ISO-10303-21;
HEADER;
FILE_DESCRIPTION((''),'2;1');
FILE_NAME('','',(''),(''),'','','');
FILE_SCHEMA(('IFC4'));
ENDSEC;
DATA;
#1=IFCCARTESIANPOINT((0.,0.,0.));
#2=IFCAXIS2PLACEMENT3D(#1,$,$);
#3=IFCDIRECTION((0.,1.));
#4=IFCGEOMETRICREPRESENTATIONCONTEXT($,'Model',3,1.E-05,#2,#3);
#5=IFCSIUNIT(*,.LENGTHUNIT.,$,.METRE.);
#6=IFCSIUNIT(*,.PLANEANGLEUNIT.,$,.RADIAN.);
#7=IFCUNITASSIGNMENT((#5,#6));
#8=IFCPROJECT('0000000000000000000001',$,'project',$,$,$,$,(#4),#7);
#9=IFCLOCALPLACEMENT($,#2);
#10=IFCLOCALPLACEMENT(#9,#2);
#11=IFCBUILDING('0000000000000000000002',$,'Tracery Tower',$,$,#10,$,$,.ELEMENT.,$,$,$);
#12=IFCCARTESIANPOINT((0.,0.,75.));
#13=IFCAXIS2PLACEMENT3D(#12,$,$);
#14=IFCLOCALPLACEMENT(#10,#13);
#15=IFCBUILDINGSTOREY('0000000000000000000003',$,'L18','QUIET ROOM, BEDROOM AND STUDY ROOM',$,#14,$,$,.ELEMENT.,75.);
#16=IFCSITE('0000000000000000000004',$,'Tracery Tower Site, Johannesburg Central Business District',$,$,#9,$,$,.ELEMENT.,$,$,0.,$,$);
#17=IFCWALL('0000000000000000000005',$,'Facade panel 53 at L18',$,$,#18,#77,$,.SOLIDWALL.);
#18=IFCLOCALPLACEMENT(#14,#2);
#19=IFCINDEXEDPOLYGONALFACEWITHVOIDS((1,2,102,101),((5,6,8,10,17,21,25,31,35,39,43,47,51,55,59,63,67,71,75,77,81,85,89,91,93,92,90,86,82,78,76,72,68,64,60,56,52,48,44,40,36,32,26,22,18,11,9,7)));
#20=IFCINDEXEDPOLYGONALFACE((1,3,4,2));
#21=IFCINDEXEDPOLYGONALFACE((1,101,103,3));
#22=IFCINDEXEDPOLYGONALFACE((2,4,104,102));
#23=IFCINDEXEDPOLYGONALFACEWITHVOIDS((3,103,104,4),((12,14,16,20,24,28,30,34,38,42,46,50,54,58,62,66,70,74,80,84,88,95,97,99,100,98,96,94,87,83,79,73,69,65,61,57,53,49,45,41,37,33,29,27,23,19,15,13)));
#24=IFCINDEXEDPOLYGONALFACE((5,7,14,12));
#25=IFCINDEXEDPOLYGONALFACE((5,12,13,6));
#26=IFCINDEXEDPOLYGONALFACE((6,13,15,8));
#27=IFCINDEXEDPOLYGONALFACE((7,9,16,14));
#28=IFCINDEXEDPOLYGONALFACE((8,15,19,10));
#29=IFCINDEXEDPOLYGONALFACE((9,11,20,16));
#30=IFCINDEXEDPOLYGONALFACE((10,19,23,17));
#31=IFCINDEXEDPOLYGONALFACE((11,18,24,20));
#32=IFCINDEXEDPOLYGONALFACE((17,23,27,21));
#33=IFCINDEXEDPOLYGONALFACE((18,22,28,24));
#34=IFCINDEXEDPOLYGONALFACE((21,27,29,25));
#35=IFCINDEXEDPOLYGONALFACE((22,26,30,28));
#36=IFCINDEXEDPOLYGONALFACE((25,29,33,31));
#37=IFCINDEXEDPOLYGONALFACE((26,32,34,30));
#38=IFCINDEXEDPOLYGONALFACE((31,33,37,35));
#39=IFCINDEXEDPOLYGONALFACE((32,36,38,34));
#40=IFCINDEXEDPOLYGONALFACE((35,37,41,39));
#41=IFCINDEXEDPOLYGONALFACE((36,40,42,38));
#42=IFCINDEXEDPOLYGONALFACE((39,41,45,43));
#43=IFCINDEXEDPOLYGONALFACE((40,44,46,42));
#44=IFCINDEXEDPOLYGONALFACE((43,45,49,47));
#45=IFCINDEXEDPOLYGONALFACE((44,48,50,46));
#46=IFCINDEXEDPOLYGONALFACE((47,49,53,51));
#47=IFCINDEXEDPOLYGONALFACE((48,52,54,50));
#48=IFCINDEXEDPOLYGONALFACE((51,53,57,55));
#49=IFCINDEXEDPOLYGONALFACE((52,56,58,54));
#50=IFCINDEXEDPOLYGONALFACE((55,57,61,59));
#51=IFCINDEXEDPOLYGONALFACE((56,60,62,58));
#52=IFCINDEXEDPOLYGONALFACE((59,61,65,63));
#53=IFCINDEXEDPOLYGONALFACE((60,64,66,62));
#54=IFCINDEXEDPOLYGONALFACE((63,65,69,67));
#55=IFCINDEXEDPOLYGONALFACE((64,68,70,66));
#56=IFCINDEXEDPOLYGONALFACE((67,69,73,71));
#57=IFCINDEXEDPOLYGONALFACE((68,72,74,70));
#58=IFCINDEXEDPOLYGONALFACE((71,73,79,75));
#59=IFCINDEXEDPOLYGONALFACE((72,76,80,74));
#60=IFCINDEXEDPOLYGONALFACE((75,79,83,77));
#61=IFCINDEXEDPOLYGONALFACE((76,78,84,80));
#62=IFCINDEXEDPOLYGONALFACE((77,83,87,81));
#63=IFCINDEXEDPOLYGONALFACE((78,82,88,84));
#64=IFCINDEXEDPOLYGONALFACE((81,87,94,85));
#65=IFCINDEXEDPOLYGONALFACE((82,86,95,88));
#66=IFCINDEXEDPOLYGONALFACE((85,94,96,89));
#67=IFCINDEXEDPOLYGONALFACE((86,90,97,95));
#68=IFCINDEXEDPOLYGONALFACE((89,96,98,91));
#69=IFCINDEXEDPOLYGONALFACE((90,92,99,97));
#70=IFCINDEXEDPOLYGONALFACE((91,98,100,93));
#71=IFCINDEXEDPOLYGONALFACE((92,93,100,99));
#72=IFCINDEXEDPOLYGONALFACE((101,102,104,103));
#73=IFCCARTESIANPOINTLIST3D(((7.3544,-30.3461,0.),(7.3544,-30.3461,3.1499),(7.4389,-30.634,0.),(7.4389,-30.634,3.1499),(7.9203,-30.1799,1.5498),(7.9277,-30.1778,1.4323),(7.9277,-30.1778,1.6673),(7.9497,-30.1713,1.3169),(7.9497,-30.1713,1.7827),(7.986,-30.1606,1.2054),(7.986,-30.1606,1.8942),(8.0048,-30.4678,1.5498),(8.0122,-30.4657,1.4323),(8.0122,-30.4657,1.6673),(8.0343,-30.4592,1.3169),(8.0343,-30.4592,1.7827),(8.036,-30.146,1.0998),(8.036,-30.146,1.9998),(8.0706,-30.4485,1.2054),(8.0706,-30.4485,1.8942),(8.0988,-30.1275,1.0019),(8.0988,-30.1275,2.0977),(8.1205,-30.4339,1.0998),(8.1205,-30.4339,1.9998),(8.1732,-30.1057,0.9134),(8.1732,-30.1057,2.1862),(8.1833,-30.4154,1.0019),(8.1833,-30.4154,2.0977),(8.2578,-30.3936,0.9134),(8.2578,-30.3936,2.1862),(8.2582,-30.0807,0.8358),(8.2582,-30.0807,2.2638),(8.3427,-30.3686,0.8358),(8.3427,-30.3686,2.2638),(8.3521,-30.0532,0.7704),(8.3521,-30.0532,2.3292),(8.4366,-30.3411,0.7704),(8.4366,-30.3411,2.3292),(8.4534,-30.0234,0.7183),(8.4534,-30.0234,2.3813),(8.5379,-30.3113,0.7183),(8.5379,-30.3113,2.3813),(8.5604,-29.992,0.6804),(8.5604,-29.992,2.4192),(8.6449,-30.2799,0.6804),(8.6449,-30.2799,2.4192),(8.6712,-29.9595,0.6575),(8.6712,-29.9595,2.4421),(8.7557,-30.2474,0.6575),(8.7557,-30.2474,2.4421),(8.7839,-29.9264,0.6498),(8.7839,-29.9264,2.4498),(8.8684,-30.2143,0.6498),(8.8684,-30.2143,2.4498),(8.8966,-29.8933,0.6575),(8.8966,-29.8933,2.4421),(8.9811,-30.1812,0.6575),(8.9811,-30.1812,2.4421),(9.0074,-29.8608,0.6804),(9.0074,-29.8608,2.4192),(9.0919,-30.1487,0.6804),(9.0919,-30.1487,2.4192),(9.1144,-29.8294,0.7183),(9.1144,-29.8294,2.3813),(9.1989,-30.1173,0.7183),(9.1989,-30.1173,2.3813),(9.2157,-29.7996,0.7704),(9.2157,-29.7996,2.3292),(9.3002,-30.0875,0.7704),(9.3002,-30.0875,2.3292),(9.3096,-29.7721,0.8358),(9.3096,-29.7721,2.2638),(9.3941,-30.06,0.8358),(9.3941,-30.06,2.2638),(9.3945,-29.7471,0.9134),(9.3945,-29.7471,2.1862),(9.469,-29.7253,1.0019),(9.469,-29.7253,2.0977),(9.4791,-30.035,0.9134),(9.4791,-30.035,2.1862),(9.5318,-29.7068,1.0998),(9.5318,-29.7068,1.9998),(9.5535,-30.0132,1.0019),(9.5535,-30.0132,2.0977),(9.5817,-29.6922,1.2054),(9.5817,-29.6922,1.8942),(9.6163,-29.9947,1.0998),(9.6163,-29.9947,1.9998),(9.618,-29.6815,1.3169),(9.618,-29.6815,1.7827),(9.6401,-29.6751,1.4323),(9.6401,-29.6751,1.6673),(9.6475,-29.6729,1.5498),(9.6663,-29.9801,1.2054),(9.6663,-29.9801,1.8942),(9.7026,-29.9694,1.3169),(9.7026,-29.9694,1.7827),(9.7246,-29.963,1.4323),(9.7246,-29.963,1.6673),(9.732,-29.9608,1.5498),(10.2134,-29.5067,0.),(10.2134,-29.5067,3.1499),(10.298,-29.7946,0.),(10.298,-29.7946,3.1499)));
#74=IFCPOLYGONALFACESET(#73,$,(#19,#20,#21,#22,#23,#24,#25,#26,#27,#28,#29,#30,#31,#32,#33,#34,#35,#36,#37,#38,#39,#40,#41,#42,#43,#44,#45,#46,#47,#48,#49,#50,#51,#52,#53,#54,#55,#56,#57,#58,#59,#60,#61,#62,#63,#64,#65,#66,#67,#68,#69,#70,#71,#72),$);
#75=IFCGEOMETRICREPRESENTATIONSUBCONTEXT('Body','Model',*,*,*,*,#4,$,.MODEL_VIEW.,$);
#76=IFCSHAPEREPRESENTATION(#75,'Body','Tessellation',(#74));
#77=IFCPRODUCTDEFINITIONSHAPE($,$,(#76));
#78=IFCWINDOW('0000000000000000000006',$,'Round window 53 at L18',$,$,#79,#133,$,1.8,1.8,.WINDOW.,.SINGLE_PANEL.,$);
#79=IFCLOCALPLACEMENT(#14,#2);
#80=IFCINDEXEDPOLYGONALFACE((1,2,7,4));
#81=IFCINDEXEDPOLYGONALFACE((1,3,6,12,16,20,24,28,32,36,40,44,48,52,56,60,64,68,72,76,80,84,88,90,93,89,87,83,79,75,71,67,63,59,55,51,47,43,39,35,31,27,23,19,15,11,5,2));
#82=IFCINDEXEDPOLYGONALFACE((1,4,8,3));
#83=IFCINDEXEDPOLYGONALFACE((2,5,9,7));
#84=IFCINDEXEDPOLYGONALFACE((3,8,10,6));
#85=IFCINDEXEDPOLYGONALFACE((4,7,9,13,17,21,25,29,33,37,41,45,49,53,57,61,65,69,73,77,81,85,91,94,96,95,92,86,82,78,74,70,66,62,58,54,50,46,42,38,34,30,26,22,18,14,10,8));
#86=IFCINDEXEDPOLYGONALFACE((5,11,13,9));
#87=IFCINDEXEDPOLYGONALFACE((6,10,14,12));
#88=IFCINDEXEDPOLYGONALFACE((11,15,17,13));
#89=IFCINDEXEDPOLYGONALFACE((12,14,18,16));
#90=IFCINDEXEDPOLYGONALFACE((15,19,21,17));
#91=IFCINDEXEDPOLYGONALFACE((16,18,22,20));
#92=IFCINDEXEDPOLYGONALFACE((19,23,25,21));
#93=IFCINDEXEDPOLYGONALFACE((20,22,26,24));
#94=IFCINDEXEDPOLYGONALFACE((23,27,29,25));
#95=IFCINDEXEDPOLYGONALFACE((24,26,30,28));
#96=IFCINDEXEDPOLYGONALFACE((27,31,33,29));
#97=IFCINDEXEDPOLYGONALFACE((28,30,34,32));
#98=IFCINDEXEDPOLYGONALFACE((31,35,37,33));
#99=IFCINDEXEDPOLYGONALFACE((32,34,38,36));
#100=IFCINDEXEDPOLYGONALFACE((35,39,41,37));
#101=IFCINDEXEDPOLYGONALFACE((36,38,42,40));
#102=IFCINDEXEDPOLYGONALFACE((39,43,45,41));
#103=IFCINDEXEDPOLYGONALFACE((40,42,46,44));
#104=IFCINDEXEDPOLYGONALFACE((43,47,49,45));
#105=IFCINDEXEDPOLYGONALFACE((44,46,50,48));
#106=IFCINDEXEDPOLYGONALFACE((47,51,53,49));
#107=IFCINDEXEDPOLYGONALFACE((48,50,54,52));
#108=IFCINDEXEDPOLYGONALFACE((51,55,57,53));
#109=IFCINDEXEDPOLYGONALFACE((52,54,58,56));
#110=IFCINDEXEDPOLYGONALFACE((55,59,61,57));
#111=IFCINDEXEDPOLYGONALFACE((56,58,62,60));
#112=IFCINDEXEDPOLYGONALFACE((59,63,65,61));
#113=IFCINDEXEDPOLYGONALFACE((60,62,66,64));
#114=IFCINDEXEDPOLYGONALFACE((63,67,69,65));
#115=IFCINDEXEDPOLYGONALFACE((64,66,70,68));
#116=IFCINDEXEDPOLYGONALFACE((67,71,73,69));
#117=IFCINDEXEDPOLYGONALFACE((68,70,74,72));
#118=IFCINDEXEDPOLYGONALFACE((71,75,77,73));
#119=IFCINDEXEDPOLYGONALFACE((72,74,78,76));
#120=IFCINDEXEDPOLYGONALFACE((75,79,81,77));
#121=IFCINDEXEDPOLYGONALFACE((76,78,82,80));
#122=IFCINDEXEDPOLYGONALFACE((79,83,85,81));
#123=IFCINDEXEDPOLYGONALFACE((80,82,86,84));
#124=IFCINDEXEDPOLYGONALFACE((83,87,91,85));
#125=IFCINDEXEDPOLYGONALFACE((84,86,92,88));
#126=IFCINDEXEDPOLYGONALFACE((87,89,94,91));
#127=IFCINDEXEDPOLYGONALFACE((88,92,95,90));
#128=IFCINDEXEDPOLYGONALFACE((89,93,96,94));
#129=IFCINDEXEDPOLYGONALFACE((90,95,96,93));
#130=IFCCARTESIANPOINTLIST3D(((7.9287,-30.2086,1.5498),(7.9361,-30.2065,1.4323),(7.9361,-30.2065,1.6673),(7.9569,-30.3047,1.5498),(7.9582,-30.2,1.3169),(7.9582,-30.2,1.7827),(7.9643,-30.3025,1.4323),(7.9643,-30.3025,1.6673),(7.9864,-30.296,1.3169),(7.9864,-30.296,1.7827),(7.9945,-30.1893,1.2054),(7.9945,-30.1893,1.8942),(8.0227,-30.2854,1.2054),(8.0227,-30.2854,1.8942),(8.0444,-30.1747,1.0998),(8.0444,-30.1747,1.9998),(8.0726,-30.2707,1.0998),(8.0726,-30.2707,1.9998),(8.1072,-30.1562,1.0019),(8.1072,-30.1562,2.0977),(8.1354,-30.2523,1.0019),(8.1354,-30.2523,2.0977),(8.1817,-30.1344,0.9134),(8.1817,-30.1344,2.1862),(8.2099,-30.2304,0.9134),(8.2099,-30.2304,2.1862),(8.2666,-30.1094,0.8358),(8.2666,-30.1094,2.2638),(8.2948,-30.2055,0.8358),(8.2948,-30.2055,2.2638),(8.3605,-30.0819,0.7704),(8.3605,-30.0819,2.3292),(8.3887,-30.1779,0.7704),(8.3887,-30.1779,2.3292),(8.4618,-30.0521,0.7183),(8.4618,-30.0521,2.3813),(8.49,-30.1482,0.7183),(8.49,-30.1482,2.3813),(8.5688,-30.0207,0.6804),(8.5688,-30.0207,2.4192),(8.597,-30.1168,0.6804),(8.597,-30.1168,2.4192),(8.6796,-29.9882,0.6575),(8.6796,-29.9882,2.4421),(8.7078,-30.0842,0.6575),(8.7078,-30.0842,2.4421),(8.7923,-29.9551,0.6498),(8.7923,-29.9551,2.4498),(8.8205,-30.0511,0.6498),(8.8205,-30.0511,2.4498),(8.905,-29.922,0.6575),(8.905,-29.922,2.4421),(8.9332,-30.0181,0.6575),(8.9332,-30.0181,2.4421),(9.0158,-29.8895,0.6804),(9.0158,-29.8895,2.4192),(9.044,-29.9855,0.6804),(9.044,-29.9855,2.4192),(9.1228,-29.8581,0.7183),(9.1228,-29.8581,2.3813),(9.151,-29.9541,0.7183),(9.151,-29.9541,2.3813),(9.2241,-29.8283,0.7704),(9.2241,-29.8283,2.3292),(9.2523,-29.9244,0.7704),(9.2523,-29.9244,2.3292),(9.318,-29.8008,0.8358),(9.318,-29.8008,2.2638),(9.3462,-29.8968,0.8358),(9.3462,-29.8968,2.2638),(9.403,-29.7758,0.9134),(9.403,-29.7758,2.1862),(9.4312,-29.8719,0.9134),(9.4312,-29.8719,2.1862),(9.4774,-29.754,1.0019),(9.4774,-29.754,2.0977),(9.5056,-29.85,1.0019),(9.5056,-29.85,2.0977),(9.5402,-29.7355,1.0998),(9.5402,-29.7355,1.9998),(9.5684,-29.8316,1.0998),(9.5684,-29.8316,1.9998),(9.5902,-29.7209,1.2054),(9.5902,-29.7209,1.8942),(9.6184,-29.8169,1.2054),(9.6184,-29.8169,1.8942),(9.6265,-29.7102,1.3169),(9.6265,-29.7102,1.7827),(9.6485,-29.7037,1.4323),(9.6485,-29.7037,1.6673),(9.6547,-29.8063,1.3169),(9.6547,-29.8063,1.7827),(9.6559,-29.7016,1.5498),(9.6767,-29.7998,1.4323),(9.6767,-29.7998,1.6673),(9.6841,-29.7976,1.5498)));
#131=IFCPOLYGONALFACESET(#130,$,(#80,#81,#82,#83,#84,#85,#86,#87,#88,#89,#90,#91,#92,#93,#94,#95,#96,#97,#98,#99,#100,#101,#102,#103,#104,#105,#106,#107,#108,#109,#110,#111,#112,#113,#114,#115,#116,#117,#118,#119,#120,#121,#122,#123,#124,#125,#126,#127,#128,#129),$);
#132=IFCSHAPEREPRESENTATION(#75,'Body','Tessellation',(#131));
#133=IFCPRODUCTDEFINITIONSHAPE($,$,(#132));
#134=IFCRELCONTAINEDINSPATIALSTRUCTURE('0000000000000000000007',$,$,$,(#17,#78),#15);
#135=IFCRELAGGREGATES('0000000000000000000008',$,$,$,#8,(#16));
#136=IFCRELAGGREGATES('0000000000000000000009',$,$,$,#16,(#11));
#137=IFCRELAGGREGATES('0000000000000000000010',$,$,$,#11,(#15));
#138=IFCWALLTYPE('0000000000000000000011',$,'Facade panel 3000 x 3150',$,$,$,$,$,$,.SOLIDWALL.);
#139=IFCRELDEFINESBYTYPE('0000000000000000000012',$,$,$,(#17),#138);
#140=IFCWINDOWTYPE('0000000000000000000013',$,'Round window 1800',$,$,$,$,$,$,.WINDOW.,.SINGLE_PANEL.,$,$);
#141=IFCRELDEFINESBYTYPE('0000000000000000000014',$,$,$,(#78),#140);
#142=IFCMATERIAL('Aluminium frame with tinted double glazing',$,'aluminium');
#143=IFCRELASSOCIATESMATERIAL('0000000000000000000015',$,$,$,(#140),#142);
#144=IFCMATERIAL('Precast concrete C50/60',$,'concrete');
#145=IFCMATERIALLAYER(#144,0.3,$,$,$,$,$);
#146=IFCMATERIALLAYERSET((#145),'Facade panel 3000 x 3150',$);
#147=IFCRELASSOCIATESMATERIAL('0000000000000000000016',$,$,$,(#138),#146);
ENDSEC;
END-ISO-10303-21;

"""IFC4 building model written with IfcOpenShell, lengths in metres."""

from ifc_helpers import new_model, si_unit, direction, frame, frame_2d, origin, origin_2d, place, context, subcontext, project, spatial, rectangle, circle, extrude, material, layer, layer_set, type_object, element, fill, save


model = new_model("IFC4")

# Units and contexts
model_context = context("Model", 3, precision=1e-05, world=origin(), true_north=direction((0.0, 1.0)))
body_context = subcontext(model_context, "Body", "Model", "MODEL_VIEW")
ifc_project = project(units=[si_unit("LENGTHUNIT", "METRE"), si_unit("PLANEANGLEUNIT", "RADIAN")], contexts=[model_context])

# Site, building, storey
site_placement = place(None, origin())
site = spatial("IfcSite", under=ifc_project, at=site_placement, Name="Tracery Tower Site, Johannesburg Central Business District", CompositionType="ELEMENT", RefElevation=0.0)
building_placement = place(site_placement, origin())
building = spatial("IfcBuilding", under=site, at=building_placement, Name="Tracery Tower", CompositionType="ELEMENT")
storey_placement = place(building_placement, frame((0.0, 0.0, 75.0)))
storey = spatial("IfcBuildingStorey", under=building, at=storey_placement, Name="L18", Description="QUIET ROOM, BEDROOM AND STUDY ROOM", CompositionType="ELEMENT", Elevation=75.0)

# Wall, opening, window
ifc_material_1 = material(Name="Aluminium frame with tinted double glazing", Category="aluminium")
window_type = type_object("IfcWindowType", Name="Round window 1800", PartitioningType="SINGLE_PANEL", PredefinedType="WINDOW", material=ifc_material_1)
ifc_material_2 = material(Name="Precast concrete C50/60", Category="concrete")
ifc_layer_1 = layer(ifc_material_2, 0.3)
ifc_layer_set_1 = layer_set([ifc_layer_1], Name="Facade panel 3000 x 3150")
wall_type_1 = type_object("IfcWallType", Name="Facade panel 3000 x 3150", PredefinedType="SOLIDWALL", material=ifc_layer_set_1)
wall_1_placement = place(storey_placement, frame((7.3967, -30.49, 0.0), z_axis=(0.0, 0.0, 1.0), x_axis=(0.959508, 0.281683, 0.0)))
wall_1 = element("IfcWall", 1, at=wall_1_placement, inside=storey, type_object=wall_type_1, Name="Facade panel 53 at L18", PredefinedType="SOLIDWALL", context=body_context, shape_type="SweptSolid", body=[
    extrude(rectangle(XDim=2.9797, YDim=0.3, at=frame_2d((1.4897, 0.0))), origin(), (0.0, 0.0, 1.0), 3.1499),
])
opening_1_placement = place(wall_1_placement, frame((1.4897, 0.0, 1.5498)))
opening_1 = element("IfcOpeningElement", 2, at=opening_1_placement, cuts=wall_1, PredefinedType="OPENING", context=body_context, shape_type="SweptSolid", body=[
    extrude(circle(Radius=0.9, at=origin_2d()), frame((0.0, 0.1599, 0.0), z_axis=(0.0, -1.0, 0.0), x_axis=(1.0, 0.0, 0.0)), (0.0, 0.0, 1.0), 0.3201),
])
window_1_placement = place(opening_1_placement, origin())
window_1 = element("IfcWindow", 3, at=window_1_placement, inside=storey, type_object=window_type, Name="Round window 53 at L18", OverallHeight=1.8, OverallWidth=1.8, PartitioningType="SINGLE_PANEL", PredefinedType="WINDOW", context=body_context, shape_type="SweptSolid", body=[
    extrude(circle(Radius=0.9, at=origin_2d()), frame((0.0, 0.1201, 0.0), z_axis=(0.0, -1.0, 0.0), x_axis=(1.0, 0.0, 0.0)), (0.0, 0.0, 1.0), 0.1001),
])
fill(opening_1, window_1)

save(model, "model.ifc")
